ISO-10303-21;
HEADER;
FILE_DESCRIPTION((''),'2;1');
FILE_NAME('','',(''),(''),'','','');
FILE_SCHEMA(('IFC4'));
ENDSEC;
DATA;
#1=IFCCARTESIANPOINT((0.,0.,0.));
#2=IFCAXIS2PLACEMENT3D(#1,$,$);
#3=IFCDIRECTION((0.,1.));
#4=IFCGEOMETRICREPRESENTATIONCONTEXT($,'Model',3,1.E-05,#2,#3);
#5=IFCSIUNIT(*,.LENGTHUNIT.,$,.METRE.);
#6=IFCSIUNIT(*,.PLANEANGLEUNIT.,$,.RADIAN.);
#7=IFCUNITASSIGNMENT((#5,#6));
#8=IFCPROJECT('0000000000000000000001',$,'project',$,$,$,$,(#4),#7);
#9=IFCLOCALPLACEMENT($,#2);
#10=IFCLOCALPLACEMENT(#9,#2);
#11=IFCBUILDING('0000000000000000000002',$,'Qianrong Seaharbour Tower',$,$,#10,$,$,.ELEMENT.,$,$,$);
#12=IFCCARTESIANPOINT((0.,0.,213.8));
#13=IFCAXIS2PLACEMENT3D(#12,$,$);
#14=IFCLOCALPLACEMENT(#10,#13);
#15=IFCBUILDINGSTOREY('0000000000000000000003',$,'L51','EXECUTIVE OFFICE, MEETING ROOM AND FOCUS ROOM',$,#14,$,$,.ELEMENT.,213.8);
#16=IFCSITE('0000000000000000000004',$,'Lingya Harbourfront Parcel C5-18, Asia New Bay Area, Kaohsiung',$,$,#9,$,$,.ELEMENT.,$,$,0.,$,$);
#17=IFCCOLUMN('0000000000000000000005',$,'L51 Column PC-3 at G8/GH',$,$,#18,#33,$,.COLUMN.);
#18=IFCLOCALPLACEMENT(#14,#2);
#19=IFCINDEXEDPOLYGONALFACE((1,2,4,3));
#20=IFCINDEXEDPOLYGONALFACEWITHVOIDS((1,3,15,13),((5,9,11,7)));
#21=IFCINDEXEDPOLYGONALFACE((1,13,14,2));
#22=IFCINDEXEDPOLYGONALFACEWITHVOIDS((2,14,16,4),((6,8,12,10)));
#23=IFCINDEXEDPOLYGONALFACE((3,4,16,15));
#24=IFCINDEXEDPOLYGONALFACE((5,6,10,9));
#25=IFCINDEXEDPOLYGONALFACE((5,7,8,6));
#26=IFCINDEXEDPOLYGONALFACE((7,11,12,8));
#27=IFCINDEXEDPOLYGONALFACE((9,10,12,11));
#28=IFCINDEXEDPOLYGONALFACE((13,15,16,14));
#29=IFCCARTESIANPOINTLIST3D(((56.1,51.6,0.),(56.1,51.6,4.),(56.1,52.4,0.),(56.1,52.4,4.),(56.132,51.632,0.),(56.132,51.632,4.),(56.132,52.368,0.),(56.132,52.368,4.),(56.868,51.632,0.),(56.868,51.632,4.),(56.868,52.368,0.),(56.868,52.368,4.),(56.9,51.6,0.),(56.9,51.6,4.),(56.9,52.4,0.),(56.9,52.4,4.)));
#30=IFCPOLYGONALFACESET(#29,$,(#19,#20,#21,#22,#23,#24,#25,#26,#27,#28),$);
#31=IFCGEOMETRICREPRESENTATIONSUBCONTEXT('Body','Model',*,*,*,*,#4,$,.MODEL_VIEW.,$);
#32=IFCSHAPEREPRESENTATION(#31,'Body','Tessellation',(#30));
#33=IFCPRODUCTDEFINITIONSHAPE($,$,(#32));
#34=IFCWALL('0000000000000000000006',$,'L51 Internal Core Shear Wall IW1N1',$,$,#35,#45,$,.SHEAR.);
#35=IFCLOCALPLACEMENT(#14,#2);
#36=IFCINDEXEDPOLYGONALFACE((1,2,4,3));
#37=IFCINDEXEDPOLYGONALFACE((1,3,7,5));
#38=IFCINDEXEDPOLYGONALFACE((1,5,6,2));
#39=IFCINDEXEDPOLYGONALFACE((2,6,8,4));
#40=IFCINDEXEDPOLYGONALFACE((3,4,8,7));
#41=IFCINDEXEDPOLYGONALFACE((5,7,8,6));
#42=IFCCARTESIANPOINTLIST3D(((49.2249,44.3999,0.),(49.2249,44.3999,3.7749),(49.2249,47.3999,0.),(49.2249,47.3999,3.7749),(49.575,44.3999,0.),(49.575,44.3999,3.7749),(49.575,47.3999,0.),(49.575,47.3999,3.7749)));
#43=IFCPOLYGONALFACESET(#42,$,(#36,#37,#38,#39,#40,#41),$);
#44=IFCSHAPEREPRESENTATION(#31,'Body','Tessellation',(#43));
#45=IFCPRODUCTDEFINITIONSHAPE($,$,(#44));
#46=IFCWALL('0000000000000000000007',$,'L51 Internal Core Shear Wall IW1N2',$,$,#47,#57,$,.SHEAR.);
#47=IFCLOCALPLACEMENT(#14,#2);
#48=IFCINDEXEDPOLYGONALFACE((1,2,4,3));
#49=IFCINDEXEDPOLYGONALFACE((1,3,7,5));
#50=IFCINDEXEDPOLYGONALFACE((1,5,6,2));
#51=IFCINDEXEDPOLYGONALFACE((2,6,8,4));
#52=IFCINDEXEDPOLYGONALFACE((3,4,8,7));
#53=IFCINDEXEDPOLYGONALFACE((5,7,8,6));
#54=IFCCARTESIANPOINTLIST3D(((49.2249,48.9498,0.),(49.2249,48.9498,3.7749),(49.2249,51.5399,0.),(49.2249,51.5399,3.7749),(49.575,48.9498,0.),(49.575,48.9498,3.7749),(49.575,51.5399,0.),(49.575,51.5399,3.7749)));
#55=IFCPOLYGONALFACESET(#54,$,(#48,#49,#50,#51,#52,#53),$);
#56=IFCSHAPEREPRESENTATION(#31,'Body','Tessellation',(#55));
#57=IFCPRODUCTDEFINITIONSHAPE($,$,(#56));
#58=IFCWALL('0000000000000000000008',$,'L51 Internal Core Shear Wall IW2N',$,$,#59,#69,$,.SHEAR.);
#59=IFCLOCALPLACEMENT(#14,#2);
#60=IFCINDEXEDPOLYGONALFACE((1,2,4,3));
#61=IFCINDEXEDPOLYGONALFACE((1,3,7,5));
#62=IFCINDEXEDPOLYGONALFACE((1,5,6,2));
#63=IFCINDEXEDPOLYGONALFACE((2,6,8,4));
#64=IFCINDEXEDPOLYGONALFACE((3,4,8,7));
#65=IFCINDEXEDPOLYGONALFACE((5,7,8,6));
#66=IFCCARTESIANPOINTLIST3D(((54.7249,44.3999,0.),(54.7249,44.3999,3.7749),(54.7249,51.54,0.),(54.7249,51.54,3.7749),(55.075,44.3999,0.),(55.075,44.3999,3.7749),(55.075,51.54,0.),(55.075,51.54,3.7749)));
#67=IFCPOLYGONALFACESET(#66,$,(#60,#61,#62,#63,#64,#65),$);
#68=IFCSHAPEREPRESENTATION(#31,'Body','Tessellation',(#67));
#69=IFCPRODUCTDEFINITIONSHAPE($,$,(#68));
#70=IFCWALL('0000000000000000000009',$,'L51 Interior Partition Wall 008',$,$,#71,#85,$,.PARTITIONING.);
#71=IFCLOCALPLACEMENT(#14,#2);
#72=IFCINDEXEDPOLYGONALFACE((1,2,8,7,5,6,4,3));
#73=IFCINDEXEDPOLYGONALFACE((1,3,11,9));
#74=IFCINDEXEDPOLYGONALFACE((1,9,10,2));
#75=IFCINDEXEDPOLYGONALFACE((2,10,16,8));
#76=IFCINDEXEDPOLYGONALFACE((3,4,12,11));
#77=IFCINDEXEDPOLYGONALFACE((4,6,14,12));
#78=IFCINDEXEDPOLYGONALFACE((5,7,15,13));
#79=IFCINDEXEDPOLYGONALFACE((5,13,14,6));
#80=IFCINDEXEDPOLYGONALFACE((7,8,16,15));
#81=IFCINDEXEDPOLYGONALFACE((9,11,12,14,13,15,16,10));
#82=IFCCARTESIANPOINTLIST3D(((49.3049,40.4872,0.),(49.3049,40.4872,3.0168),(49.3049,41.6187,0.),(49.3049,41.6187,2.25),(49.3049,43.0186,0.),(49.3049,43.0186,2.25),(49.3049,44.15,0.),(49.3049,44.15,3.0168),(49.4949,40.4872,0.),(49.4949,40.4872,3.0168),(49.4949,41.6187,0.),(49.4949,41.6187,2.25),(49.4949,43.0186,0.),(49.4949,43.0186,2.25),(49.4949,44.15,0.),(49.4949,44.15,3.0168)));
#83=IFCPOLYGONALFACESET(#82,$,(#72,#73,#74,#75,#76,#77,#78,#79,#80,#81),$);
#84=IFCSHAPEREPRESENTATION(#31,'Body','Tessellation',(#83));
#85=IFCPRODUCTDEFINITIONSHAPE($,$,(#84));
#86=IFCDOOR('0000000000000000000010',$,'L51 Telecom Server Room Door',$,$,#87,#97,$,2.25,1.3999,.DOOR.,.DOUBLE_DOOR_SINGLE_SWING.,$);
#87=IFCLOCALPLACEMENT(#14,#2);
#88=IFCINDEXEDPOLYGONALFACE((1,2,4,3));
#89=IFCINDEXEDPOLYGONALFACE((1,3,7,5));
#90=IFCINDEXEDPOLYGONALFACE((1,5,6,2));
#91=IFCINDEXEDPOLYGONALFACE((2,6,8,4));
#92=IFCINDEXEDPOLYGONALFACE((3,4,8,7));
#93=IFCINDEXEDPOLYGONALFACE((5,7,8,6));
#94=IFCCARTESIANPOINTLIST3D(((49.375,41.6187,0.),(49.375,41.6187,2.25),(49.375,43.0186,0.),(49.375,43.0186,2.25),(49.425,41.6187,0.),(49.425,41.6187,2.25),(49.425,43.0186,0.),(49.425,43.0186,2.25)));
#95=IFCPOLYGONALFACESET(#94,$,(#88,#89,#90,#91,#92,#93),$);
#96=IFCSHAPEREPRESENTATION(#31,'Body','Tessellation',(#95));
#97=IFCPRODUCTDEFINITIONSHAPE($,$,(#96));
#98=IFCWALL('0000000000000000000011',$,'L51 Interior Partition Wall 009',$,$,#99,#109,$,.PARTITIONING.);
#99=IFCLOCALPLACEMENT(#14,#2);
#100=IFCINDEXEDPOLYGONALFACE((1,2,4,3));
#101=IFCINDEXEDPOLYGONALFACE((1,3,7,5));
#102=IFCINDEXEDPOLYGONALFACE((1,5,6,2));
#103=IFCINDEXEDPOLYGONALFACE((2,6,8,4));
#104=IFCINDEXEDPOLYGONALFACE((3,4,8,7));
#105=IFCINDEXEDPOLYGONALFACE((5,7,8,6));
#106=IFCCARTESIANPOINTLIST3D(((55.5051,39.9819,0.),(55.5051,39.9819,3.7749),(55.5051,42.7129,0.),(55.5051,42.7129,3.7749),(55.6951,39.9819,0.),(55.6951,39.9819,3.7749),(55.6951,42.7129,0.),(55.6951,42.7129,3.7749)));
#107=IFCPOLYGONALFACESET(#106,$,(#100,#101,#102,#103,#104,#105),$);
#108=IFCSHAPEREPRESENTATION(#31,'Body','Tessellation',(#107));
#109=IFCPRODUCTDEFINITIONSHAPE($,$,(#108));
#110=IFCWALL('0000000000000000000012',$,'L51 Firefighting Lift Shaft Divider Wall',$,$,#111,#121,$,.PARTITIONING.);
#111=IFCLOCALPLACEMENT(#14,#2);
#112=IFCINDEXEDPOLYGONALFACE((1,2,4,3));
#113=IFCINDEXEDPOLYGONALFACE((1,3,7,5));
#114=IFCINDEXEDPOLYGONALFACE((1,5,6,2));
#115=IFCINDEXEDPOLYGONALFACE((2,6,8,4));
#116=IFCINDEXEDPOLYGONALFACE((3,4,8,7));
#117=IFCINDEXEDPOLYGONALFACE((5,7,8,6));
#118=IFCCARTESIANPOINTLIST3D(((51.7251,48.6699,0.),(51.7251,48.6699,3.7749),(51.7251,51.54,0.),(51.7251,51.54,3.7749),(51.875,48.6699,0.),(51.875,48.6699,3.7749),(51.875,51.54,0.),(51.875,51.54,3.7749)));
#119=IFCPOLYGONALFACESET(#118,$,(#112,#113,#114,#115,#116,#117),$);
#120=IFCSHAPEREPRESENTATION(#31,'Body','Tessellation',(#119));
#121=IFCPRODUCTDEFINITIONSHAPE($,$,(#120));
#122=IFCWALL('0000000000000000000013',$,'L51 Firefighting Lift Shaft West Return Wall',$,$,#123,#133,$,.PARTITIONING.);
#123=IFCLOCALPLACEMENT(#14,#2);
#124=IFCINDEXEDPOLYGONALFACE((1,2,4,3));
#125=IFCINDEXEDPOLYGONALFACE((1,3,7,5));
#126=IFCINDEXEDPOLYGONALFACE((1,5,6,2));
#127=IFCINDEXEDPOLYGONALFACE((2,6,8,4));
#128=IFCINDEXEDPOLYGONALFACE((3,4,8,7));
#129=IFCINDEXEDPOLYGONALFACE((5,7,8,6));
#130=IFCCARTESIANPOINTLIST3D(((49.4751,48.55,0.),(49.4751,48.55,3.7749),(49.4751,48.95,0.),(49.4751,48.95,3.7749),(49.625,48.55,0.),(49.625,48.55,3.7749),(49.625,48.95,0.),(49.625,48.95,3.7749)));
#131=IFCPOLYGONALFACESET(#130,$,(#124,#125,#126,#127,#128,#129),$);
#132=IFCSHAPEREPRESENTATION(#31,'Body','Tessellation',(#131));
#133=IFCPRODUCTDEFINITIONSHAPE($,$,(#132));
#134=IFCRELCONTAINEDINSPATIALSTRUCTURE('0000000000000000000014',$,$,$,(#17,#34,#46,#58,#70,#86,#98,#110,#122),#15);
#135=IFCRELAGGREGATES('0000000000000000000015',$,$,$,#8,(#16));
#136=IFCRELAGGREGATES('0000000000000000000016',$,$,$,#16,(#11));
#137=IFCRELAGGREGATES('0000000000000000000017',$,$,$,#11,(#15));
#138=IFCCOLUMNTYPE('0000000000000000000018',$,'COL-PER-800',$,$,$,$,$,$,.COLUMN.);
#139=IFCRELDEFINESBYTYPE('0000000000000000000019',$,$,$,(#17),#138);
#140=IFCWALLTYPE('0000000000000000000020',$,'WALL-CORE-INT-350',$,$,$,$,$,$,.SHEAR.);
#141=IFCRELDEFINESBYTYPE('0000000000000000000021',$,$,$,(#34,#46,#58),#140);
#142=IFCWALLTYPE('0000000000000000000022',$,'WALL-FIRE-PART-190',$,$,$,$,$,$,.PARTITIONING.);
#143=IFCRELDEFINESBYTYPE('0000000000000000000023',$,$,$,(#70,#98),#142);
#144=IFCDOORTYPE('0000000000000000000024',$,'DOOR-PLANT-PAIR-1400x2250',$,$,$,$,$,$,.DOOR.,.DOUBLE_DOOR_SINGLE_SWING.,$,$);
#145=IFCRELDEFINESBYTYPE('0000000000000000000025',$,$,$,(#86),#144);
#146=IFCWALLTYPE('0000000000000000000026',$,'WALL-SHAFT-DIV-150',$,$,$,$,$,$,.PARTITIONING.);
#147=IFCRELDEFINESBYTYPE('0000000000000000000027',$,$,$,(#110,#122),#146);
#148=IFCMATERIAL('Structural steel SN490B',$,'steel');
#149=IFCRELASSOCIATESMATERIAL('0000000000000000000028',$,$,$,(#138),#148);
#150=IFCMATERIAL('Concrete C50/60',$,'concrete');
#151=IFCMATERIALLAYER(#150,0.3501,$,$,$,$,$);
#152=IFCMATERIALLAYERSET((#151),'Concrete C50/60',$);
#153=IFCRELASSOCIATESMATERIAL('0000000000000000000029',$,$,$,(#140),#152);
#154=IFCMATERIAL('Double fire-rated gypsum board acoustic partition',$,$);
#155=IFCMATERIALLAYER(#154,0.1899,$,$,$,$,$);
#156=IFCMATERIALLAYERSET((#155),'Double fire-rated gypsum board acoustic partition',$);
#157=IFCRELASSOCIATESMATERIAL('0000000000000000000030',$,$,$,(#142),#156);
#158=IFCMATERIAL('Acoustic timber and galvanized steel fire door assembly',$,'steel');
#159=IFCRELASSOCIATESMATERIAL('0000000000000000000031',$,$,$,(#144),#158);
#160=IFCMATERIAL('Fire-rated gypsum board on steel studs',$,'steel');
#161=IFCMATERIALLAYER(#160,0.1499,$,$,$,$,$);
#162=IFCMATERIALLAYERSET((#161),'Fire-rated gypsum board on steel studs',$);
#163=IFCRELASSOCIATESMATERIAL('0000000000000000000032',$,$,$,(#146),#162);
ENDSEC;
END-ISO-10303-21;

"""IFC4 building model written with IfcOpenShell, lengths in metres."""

from ifc_helpers import new_model, si_unit, direction, frame, frame_2d, origin, origin_2d, place, context, subcontext, project, spatial, rectangle, hollow_rectangle, extrude, material, layer, layer_set, material_profile, profile_set, type_object, element, fill, save


model = new_model("IFC4")

# Units and contexts
model_context = context("Model", 3, precision=1e-05, world=origin(), true_north=direction((0.0, 1.0)))
body_context = subcontext(model_context, "Body", "Model", "MODEL_VIEW")
ifc_project = project(units=[si_unit("LENGTHUNIT", "METRE"), si_unit("PLANEANGLEUNIT", "RADIAN")], contexts=[model_context])

# Site, building, storey
site_placement = place(None, origin())
site = spatial("IfcSite", under=ifc_project, at=site_placement, Name="Lingya Harbourfront Parcel C5-18, Asia New Bay Area, Kaohsiung", CompositionType="ELEMENT", RefElevation=0.0)
building_placement = place(site_placement, origin())
building = spatial("IfcBuilding", under=site, at=building_placement, Name="Qianrong Seaharbour Tower", CompositionType="ELEMENT")
storey_placement = place(building_placement, frame((0.0, 0.0, 213.8)))
storey = spatial("IfcBuildingStorey", under=building, at=storey_placement, Name="L51", Description="EXECUTIVE OFFICE, MEETING ROOM AND FOCUS ROOM", CompositionType="ELEMENT", Elevation=213.8)

# Column
ifc_material_1 = material(Name="Structural steel SN490B", Category="steel")
ifc_material_profile = material_profile(ifc_material_1, hollow_rectangle(XDim=0.8, YDim=0.8, WallThickness=0.032, at=origin_2d()), Name="BOX800x800x32")
ifc_profile_set = profile_set([ifc_material_profile], Name="Structural steel SN490B")
column_type = type_object("IfcColumnType", Name="COL-PER-800", PredefinedType="COLUMN", material=ifc_profile_set)
column_placement = place(storey_placement, frame((56.5, 52.0, 0.0), z_axis=(0.0, 0.0, 1.0), x_axis=(1.0, 0.0, 0.0)))
element("IfcColumn", 1, at=column_placement, inside=storey, type_object=column_type, Name="L51 Column PC-3 at G8/GH", PredefinedType="COLUMN", context=body_context, shape_type="SweptSolid", body=[
    extrude(hollow_rectangle(XDim=0.8, YDim=0.8, WallThickness=0.032, at=origin_2d()), origin(), (0.0, 0.0, 1.0), 4.0),
])

# Walls
ifc_material_2 = material(Name="Concrete C50/60", Category="concrete")
ifc_layer_1 = layer(ifc_material_2, 0.3501)
ifc_layer_set_1 = layer_set([ifc_layer_1], Name="Concrete C50/60")
wall_type_1 = type_object("IfcWallType", Name="WALL-CORE-INT-350", PredefinedType="SHEAR", material=ifc_layer_set_1)
wall_1_placement = place(storey_placement, frame((49.3999, 44.3999, 0.0), z_axis=(0.0, 0.0, 1.0), x_axis=(0.0, 1.0, 0.0)))
element("IfcWall", 2, at=wall_1_placement, inside=storey, type_object=wall_type_1, Name="L51 Internal Core Shear Wall IW1N1", PredefinedType="SHEAR", context=body_context, shape_type="SweptSolid", body=[
    extrude(rectangle(XDim=3.0, YDim=0.3501, at=frame_2d((1.5, 0.0))), origin(), (0.0, 0.0, 1.0), 3.7749),
])
wall_2_placement = place(storey_placement, frame((49.3999, 48.95, 0.0), z_axis=(0.0, 0.0, 1.0), x_axis=(0.0, 1.0, 0.0)))
element("IfcWall", 3, at=wall_2_placement, inside=storey, type_object=wall_type_1, Name="L51 Internal Core Shear Wall IW1N2", PredefinedType="SHEAR", context=body_context, shape_type="SweptSolid", body=[
    extrude(rectangle(XDim=2.5901, YDim=0.3501, at=frame_2d((1.2949, 0.0))), origin(), (0.0, 0.0, 1.0), 3.7749),
])
wall_3_placement = place(storey_placement, frame((54.8999, 44.3999, 0.0), z_axis=(0.0, 0.0, 1.0), x_axis=(0.0, 1.0, 0.0)))
element("IfcWall", 4, at=wall_3_placement, inside=storey, type_object=wall_type_1, Name="L51 Internal Core Shear Wall IW2N", PredefinedType="SHEAR", context=body_context, shape_type="SweptSolid", body=[
    extrude(rectangle(XDim=7.1401, YDim=0.3501, at=frame_2d((3.5701, 0.0))), origin(), (0.0, 0.0, 1.0), 3.7749),
])

# Wall, opening, door
ifc_material_3 = material(Name="Double fire-rated gypsum board acoustic partition")
ifc_layer_2 = layer(ifc_material_3, 0.1899)
ifc_layer_set_2 = layer_set([ifc_layer_2], Name="Double fire-rated gypsum board acoustic partition")
wall_type_2 = type_object("IfcWallType", Name="WALL-FIRE-PART-190", PredefinedType="PARTITIONING", material=ifc_layer_set_2)
ifc_material_4 = material(Name="Acoustic timber and galvanized steel fire door assembly", Category="steel")
wall_4_placement = place(storey_placement, frame((49.3999, 40.4871, 0.0), z_axis=(0.0, 0.0, 1.0), x_axis=(0.0, 1.0, 0.0)))
wall_4 = element("IfcWall", 5, at=wall_4_placement, inside=storey, type_object=wall_type_2, Name="L51 Interior Partition Wall 008", PredefinedType="PARTITIONING", context=body_context, shape_type="SweptSolid", body=[
    extrude(rectangle(XDim=3.6628, YDim=0.1899, at=frame_2d((1.8315, 0.0))), origin(), (0.0, 0.0, 1.0), 3.0168),
])
opening_1_placement = place(wall_4_placement, frame((1.1316, 0.0, 0.0)))
opening_1 = element("IfcOpeningElement", 6, at=opening_1_placement, cuts=wall_4, PredefinedType="OPENING", context=body_context, shape_type="SweptSolid", body=[
    extrude(rectangle(XDim=1.3999, YDim=2.25, at=frame_2d((0.7, 1.125))), frame((0.0, 0.105, 0.0), z_axis=(0.0, -1.0, 0.0), x_axis=(1.0, 0.0, 0.0)), (0.0, 0.0, 1.0), 0.21),
])
door_type_1 = type_object("IfcDoorType", Name="DOOR-PLANT-PAIR-1400x2250", OperationType="DOUBLE_DOOR_SINGLE_SWING", PredefinedType="DOOR", material=ifc_material_4)
door_1_placement = place(opening_1_placement, origin())
door_1 = element("IfcDoor", 7, at=door_1_placement, inside=storey, type_object=door_type_1, Name="L51 Telecom Server Room Door", OperationType="DOUBLE_DOOR_SINGLE_SWING", OverallHeight=2.25, OverallWidth=1.3999, PredefinedType="DOOR", context=body_context, shape_type="SweptSolid", body=[
    extrude(rectangle(XDim=1.3999, YDim=2.25, at=frame_2d((0.7, 1.125))), frame((0.0, 0.0249, 0.0), z_axis=(0.0, -1.0, 0.0), x_axis=(1.0, 0.0, 0.0)), (0.0, 0.0, 1.0), 0.05),
])
fill(opening_1, door_1)

# Walls
wall_5_placement = place(storey_placement, frame((55.6001, 42.7129, 0.0), z_axis=(0.0, 0.0, 1.0), x_axis=(0.0, -1.0, 0.0)))
element("IfcWall", 8, at=wall_5_placement, inside=storey, type_object=wall_type_2, Name="L51 Interior Partition Wall 009", PredefinedType="PARTITIONING", context=body_context, shape_type="SweptSolid", body=[
    extrude(rectangle(XDim=2.731, YDim=0.1899, at=frame_2d((1.3655, 0.0))), origin(), (0.0, 0.0, 1.0), 3.7749),
])
ifc_material_5 = material(Name="Fire-rated gypsum board on steel studs", Category="steel")
ifc_layer_3 = layer(ifc_material_5, 0.1499)
ifc_layer_set_3 = layer_set([ifc_layer_3], Name="Fire-rated gypsum board on steel studs")
wall_type_3 = type_object("IfcWallType", Name="WALL-SHAFT-DIV-150", PredefinedType="PARTITIONING", material=ifc_layer_set_3)
wall_6_placement = place(storey_placement, frame((51.8, 48.6699, 0.0), z_axis=(0.0, 0.0, 1.0), x_axis=(0.0, 1.0, 0.0)))
element("IfcWall", 9, at=wall_6_placement, inside=storey, type_object=wall_type_3, Name="L51 Firefighting Lift Shaft Divider Wall", PredefinedType="PARTITIONING", context=body_context, shape_type="SweptSolid", body=[
    extrude(rectangle(XDim=2.8701, YDim=0.1499, at=frame_2d((1.4351, 0.0))), origin(), (0.0, 0.0, 1.0), 3.7749),
])
wall_7_placement = place(storey_placement, frame((49.55, 48.55, 0.0), z_axis=(0.0, 0.0, 1.0), x_axis=(0.0, 1.0, 0.0)))
element("IfcWall", 10, at=wall_7_placement, inside=storey, type_object=wall_type_3, Name="L51 Firefighting Lift Shaft West Return Wall", PredefinedType="PARTITIONING", context=body_context, shape_type="SweptSolid", body=[
    extrude(rectangle(XDim=0.3999, YDim=0.1499, at=frame_2d((0.2, 0.0))), origin(), (0.0, 0.0, 1.0), 3.7749),
])

save(model, "model.ifc")
